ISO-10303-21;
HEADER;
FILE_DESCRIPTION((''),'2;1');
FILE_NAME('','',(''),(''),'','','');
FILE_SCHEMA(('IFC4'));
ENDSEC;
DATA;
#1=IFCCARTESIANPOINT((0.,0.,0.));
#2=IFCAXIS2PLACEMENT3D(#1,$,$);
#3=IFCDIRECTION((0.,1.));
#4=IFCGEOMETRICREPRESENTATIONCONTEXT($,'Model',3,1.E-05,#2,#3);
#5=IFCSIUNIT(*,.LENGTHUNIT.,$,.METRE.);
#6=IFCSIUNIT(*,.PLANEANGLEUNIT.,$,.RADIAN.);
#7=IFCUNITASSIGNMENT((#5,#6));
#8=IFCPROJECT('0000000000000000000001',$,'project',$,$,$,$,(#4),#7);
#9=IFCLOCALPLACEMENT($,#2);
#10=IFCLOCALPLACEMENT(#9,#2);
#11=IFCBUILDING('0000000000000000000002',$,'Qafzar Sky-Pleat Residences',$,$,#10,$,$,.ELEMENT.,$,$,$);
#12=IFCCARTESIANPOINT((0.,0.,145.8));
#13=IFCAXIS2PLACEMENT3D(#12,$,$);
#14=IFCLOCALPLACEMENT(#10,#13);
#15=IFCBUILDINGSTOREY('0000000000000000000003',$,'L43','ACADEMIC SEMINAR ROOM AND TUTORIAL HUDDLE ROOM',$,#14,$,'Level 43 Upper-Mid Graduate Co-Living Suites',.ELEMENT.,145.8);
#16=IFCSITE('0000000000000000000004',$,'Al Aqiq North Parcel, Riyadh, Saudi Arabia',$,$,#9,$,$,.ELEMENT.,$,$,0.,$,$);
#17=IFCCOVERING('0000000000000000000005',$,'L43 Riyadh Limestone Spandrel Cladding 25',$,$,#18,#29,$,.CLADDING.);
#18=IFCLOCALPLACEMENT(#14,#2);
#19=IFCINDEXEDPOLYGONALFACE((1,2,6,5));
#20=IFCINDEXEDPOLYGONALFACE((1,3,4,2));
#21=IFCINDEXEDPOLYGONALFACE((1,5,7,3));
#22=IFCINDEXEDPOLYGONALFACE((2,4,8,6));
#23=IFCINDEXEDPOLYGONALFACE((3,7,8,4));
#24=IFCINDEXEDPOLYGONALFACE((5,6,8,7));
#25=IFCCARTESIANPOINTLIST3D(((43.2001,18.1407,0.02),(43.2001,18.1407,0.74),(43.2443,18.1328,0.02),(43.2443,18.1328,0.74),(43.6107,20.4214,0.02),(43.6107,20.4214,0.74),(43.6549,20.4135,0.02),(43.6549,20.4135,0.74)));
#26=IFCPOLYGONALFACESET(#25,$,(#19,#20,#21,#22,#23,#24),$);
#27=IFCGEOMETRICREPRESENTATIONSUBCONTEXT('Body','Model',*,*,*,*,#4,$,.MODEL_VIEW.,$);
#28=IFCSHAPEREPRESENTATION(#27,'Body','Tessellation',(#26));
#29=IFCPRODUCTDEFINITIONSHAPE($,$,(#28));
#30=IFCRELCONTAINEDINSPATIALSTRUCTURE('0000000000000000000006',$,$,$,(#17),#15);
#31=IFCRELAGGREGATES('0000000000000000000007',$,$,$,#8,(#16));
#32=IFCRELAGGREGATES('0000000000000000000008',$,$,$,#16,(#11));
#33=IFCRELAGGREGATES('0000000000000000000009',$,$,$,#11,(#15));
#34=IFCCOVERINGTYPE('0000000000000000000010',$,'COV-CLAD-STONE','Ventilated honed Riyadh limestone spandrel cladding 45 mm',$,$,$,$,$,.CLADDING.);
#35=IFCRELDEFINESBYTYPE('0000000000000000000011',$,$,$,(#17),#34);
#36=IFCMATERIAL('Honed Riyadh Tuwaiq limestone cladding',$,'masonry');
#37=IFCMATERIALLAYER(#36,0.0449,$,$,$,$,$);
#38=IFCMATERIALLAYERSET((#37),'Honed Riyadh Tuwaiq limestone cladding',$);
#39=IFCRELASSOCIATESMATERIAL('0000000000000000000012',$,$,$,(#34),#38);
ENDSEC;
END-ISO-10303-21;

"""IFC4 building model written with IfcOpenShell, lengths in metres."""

from ifc_helpers import new_model, si_unit, direction, frame, origin, origin_2d, place, context, subcontext, project, spatial, rectangle, extrude, source, transform, mapped, material, layer, layer_set, type_object, element, save


model = new_model("IFC4")

# Units and contexts
model_context = context("Model", 3, precision=1e-05, world=origin(), true_north=direction((0.0, 1.0)))
body_context = subcontext(model_context, "Body", "Model", "MODEL_VIEW")
ifc_project = project(units=[si_unit("LENGTHUNIT", "METRE"), si_unit("PLANEANGLEUNIT", "RADIAN")], contexts=[model_context])

# Site, building, storey
site_placement = place(None, origin())
site = spatial("IfcSite", under=ifc_project, at=site_placement, Name="Al Aqiq North Parcel, Riyadh, Saudi Arabia", CompositionType="ELEMENT", RefElevation=0.0)
building_placement = place(site_placement, origin())
building = spatial("IfcBuilding", under=site, at=building_placement, Name="Qafzar Sky-Pleat Residences", CompositionType="ELEMENT")
storey_placement = place(building_placement, frame((0.0, 0.0, 145.8)))
storey = spatial("IfcBuildingStorey", under=building, at=storey_placement, Name="L43", Description="ACADEMIC SEMINAR ROOM AND TUTORIAL HUDDLE ROOM", LongName="Level 43 Upper-Mid Graduate Co-Living Suites", CompositionType="ELEMENT", Elevation=145.8)

# Shared definitions
ifc_material_1 = material(Name="Honed Riyadh Tuwaiq limestone cladding", Category="masonry")
ifc_layer_1 = layer(ifc_material_1, 0.0449)
ifc_layer_set_1 = layer_set([ifc_layer_1], Name="Honed Riyadh Tuwaiq limestone cladding")
covering_type = type_object("IfcCoveringType", Name="COV-CLAD-STONE", Description="Ventilated honed Riyadh limestone spandrel cladding 45 mm", PredefinedType="CLADDING", material=ifc_layer_set_1)

# Covering
shared_shape_1 = source(origin(), body_context, "Body", "SweptSolid", [
    extrude(rectangle(XDim=2.3174, YDim=0.0449, at=origin_2d()), origin(), (0.0, 0.0, 1.0), 0.72),
])
covering_1_placement = place(storey_placement, frame((43.4275, 19.2771, 0.02), z_axis=(0.0, 0.0, 1.0), x_axis=(0.177176, 0.984179, 0.0)))
element("IfcCovering", 1, at=covering_1_placement, inside=storey, type_object=covering_type, Name="L43 Riyadh Limestone Spandrel Cladding 25", PredefinedType="CLADDING", context=body_context, shape_type="MappedRepresentation", body=[
    mapped(shared_shape_1, transform((0.0, 0.0, 0.0), x_axis=(1.0, 0.0, 0.0), y_axis=(0.0, 1.0, 0.0), z_axis=(0.0, 0.0, 1.0), scale=1.0)),
])

save(model, "model.ifc")
